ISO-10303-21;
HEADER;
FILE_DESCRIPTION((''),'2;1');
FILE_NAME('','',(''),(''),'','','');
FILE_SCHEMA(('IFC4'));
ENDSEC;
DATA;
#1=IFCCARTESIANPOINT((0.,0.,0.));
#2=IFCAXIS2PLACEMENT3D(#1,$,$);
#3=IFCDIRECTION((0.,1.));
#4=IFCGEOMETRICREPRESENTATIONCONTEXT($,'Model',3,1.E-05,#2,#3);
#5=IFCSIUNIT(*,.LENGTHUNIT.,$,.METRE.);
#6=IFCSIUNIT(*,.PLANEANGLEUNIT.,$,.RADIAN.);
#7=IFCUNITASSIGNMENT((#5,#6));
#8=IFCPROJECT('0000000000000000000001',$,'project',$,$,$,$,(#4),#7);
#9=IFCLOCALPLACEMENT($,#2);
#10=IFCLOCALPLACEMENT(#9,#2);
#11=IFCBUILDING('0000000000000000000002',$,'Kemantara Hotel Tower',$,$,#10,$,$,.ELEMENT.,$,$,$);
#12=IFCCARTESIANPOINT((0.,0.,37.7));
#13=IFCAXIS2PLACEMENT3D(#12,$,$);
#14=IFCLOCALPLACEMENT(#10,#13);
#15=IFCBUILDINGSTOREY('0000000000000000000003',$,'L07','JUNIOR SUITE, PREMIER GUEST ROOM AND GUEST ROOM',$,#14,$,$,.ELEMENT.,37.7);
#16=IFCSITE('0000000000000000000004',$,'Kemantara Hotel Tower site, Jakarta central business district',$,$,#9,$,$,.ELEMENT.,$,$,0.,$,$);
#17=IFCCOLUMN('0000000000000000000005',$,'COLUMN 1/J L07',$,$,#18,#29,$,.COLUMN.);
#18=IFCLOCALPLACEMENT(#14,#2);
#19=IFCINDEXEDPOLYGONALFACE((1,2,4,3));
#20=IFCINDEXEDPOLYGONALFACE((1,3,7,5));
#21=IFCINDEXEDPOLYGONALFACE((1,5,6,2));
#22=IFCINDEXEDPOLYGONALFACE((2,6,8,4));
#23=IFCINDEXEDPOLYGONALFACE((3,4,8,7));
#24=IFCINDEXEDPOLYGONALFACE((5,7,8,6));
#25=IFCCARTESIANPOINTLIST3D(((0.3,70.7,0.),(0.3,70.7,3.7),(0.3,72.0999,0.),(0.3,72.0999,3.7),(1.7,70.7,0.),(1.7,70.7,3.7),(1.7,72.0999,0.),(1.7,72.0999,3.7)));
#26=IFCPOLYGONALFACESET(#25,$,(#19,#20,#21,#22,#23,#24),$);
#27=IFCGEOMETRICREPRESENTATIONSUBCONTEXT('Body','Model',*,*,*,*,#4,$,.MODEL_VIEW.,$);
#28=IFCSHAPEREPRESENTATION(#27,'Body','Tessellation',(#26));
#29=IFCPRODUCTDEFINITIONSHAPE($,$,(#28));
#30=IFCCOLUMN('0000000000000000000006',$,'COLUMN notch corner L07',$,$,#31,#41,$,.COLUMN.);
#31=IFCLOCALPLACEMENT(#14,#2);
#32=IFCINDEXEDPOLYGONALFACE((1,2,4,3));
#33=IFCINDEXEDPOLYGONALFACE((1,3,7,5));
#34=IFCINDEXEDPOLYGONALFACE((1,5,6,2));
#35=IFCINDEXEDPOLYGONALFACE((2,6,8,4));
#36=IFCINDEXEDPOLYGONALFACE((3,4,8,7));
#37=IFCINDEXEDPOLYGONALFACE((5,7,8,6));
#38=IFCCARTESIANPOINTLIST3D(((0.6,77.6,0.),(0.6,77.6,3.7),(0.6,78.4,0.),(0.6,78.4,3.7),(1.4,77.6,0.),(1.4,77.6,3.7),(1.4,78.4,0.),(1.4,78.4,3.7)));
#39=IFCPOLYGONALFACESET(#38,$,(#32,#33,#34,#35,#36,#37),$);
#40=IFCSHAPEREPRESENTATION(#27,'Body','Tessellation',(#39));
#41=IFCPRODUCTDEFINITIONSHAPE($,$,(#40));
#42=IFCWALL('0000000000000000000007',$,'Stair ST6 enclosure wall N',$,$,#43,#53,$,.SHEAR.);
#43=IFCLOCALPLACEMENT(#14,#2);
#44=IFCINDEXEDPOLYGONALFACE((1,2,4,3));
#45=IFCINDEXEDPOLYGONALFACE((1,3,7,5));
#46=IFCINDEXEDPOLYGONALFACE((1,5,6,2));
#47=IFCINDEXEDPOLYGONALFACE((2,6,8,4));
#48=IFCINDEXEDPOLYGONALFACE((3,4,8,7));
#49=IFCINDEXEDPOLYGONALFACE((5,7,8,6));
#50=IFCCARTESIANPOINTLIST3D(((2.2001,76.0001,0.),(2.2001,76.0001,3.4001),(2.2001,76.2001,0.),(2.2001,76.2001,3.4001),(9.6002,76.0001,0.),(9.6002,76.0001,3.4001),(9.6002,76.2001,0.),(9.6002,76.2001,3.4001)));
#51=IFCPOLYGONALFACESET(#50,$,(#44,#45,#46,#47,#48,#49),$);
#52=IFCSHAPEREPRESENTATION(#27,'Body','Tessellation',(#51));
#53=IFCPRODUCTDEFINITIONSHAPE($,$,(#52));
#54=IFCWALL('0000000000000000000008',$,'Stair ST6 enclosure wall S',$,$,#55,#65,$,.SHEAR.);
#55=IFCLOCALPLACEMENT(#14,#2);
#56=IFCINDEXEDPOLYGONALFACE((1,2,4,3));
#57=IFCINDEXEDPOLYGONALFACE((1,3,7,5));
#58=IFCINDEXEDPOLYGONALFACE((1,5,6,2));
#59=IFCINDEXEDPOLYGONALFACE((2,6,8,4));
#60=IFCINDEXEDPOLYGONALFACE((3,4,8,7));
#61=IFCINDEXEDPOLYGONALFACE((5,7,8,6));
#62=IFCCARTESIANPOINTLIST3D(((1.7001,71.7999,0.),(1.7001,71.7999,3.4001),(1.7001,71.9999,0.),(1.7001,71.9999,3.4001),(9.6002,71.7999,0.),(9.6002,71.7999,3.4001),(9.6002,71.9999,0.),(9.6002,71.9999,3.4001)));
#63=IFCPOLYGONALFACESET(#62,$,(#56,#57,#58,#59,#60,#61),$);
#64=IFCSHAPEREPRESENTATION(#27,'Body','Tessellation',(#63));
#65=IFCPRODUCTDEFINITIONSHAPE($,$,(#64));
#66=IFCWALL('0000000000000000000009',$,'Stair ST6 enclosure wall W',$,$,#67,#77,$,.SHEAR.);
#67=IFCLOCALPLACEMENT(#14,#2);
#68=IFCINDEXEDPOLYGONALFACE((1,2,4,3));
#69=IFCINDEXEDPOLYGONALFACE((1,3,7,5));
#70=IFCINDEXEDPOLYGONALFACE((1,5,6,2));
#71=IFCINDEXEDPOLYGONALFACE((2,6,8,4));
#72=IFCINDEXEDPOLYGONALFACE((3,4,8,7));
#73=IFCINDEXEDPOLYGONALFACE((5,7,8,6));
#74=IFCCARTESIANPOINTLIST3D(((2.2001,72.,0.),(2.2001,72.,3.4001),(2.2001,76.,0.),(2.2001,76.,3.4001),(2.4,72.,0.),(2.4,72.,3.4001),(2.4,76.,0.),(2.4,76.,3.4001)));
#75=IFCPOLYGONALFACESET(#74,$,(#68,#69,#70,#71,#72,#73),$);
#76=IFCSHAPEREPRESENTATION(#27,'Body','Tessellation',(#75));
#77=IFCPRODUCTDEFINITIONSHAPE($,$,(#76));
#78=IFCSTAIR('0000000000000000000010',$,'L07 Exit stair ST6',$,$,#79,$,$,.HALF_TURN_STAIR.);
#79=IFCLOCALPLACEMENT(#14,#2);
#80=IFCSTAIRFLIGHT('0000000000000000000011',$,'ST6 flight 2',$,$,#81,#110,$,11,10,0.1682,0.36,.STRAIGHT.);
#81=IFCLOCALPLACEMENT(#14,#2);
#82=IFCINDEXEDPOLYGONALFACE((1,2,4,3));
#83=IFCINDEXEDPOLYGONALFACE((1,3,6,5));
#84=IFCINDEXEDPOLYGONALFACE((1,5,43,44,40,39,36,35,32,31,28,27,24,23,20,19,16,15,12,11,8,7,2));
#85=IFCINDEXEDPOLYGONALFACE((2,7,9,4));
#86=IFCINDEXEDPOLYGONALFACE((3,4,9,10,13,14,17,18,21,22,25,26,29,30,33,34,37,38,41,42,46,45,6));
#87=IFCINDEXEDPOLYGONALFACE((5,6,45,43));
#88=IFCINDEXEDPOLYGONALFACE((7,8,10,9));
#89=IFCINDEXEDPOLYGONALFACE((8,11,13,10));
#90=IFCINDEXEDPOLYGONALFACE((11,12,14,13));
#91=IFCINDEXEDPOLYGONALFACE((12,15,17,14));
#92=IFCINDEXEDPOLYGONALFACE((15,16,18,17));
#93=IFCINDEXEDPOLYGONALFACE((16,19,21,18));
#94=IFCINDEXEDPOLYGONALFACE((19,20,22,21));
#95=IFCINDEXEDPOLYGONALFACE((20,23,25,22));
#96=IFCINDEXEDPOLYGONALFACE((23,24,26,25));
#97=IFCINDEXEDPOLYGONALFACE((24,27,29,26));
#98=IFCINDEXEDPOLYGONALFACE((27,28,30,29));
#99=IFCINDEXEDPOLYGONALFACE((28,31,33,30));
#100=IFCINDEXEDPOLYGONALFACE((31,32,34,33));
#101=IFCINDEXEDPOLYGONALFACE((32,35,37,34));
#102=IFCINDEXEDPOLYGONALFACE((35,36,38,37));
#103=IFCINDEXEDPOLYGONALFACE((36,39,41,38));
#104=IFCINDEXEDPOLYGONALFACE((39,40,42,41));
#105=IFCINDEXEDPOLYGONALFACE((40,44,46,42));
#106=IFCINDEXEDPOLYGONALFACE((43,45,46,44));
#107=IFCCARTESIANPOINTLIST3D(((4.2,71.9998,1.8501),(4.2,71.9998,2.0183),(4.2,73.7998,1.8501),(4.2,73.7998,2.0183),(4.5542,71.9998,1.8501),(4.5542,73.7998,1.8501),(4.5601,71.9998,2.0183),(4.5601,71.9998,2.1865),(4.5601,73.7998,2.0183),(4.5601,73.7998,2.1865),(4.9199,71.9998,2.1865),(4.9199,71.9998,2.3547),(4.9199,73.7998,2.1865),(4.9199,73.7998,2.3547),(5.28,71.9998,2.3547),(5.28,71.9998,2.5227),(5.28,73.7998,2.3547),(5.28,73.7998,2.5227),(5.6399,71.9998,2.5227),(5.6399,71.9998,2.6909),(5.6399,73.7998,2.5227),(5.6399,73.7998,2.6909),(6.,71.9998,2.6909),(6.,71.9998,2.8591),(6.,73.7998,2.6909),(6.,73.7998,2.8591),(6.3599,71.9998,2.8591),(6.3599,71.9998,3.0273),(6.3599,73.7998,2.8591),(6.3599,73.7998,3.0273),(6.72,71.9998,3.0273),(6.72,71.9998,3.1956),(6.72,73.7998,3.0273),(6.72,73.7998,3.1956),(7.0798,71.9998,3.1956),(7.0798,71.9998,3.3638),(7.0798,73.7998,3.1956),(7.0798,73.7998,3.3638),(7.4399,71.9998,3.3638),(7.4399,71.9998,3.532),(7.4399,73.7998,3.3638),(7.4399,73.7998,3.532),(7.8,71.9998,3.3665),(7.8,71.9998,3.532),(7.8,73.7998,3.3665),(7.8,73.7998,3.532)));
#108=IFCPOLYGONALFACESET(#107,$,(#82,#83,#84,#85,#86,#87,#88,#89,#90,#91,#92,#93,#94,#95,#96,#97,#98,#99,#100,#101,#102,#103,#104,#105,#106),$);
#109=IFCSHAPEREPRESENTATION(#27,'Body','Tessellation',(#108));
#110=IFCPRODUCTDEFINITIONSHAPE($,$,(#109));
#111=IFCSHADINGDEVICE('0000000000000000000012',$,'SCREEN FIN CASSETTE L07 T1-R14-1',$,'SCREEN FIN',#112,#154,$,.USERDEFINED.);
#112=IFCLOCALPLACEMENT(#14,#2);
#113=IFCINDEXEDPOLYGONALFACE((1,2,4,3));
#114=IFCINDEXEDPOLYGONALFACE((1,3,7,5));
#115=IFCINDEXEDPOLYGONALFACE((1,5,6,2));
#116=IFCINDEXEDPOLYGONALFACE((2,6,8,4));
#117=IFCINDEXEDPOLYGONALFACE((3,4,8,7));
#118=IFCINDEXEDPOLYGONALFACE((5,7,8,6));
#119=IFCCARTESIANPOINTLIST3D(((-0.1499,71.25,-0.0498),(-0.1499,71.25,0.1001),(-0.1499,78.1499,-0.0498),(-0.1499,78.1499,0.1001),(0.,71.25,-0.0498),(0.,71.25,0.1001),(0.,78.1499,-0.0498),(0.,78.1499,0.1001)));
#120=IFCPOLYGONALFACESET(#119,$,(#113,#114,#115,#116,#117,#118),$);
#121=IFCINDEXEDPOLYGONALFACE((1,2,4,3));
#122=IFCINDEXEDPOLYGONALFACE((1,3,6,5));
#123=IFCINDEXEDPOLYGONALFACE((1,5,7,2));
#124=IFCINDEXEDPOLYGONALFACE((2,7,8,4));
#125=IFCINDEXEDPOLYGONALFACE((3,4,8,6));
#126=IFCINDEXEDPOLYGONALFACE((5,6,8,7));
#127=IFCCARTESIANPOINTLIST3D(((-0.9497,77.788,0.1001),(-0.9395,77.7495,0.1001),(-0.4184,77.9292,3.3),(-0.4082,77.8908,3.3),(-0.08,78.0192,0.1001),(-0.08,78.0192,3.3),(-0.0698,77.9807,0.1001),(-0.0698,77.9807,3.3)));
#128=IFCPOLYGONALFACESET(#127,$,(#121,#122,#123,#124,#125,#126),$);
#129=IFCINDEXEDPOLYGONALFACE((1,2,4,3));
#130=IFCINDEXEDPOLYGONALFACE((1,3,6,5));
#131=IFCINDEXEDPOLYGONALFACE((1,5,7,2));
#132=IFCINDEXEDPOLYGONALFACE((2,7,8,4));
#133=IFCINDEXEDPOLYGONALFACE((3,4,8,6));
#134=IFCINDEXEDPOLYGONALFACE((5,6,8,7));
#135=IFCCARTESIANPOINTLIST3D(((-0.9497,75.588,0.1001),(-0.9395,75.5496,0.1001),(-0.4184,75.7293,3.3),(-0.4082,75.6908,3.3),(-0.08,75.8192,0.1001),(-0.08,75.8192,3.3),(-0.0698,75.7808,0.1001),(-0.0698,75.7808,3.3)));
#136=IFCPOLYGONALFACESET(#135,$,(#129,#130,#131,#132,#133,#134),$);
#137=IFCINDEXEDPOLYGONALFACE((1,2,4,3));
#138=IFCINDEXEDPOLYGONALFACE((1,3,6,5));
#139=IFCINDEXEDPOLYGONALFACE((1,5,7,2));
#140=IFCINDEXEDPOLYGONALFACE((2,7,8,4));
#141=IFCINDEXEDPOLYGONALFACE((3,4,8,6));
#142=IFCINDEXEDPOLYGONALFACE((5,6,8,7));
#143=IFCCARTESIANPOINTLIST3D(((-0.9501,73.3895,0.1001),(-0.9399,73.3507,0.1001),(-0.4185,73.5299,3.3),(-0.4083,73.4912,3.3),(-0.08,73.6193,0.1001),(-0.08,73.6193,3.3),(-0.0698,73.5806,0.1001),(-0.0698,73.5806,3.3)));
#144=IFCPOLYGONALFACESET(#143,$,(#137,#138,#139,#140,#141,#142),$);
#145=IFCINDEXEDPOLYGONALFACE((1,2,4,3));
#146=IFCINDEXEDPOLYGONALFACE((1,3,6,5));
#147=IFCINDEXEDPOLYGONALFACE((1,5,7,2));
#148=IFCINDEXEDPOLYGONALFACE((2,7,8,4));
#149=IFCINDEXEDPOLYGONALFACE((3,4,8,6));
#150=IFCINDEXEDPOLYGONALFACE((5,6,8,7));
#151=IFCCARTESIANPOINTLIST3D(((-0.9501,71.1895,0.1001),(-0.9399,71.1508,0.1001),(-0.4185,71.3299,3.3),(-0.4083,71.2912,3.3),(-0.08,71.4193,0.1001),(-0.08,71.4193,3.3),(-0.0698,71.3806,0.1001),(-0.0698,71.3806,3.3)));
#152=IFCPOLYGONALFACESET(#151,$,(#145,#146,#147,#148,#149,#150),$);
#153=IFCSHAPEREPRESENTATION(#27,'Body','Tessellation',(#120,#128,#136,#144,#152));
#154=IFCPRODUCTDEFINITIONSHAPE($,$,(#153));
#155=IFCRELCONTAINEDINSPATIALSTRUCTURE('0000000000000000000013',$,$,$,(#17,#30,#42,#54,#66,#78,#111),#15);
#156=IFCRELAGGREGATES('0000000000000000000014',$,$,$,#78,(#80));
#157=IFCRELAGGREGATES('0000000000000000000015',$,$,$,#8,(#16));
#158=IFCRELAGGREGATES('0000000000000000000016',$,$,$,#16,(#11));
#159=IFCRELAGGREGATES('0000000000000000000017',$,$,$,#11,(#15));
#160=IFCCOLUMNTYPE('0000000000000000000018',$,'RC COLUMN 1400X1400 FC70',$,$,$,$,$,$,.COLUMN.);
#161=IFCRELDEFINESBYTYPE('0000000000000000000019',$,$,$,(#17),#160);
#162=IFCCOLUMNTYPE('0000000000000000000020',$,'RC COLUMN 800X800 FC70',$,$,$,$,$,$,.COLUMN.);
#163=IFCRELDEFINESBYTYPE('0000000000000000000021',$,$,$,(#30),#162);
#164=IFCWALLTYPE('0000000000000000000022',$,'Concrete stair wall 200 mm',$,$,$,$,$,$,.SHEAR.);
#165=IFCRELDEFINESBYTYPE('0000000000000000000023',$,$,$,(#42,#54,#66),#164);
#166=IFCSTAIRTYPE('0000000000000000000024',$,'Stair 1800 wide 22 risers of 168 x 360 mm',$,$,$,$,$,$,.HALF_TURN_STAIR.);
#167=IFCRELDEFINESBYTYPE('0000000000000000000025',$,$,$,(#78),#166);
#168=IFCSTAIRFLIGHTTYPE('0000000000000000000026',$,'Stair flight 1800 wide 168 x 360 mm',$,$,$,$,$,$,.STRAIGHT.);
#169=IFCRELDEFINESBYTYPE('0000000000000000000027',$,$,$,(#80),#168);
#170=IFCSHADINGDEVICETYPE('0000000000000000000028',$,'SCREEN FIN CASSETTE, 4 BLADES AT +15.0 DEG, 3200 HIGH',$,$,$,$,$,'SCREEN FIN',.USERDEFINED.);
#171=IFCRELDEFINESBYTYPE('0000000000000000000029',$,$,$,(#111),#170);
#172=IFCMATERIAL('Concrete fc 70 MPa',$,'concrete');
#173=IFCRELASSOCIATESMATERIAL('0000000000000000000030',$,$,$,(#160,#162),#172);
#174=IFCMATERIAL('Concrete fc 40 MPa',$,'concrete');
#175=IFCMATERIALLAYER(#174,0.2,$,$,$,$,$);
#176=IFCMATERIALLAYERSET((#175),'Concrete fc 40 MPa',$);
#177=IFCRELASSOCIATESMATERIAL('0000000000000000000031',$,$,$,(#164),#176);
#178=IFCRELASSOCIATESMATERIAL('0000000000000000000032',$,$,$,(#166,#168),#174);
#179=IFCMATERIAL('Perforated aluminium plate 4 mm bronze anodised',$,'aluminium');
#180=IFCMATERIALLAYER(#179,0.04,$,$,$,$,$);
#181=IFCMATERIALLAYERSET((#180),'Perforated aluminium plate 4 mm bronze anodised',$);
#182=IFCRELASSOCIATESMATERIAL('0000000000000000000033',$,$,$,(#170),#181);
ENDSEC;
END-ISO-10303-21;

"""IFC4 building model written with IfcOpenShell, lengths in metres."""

from ifc_helpers import new_model, si_unit, direction, frame, frame_2d, origin, origin_2d, place, context, subcontext, project, spatial, polyline, rectangle, outline, extrude, source, transform, mapped, material, layer, layer_set, material_profile, profile_set, type_object, element, aggregate, save


model = new_model("IFC4")

# Units and contexts
model_context = context("Model", 3, precision=1e-05, world=origin(), true_north=direction((0.0, 1.0)))
body_context = subcontext(model_context, "Body", "Model", "MODEL_VIEW")
ifc_project = project(units=[si_unit("LENGTHUNIT", "METRE"), si_unit("PLANEANGLEUNIT", "RADIAN")], contexts=[model_context])

# Site, building, storey
site_placement = place(None, origin())
site = spatial("IfcSite", under=ifc_project, at=site_placement, Name="Kemantara Hotel Tower site, Jakarta central business district", CompositionType="ELEMENT", RefElevation=0.0)
building_placement = place(site_placement, origin())
building = spatial("IfcBuilding", under=site, at=building_placement, Name="Kemantara Hotel Tower", CompositionType="ELEMENT")
storey_placement = place(building_placement, frame((0.0, 0.0, 37.7)))
storey = spatial("IfcBuildingStorey", under=building, at=storey_placement, Name="L07", Description="JUNIOR SUITE, PREMIER GUEST ROOM AND GUEST ROOM", CompositionType="ELEMENT", Elevation=37.7)

# Columns
ifc_material_1 = material(Name="Concrete fc 70 MPa", Category="concrete")
ifc_material_profile_1 = material_profile(ifc_material_1, rectangle(XDim=1.3999, YDim=1.3999, at=origin_2d()), Name="RC 1400X1400")
ifc_profile_set_1 = profile_set([ifc_material_profile_1], Name="Concrete fc 70 MPa")
column_type_1 = type_object("IfcColumnType", Name="RC COLUMN 1400X1400 FC70", PredefinedType="COLUMN", material=ifc_profile_set_1)
column_1_placement = place(storey_placement, frame((1.0, 71.3999, 0.0), z_axis=(0.0, 0.0, 1.0), x_axis=(1.0, 0.0, 0.0)))
element("IfcColumn", 1, at=column_1_placement, inside=storey, type_object=column_type_1, Name="COLUMN 1/J L07", PredefinedType="COLUMN", context=body_context, shape_type="SweptSolid", body=[
    extrude(rectangle(XDim=1.3999, YDim=1.3999, at=origin_2d()), origin(), (0.0, 0.0, 1.0), 3.7),
])
ifc_material_profile_2 = material_profile(ifc_material_1, rectangle(XDim=0.8, YDim=0.8, at=origin_2d()), Name="RC 800X800")
ifc_profile_set_2 = profile_set([ifc_material_profile_2], Name="Concrete fc 70 MPa")
column_type_2 = type_object("IfcColumnType", Name="RC COLUMN 800X800 FC70", PredefinedType="COLUMN", material=ifc_profile_set_2)
column_2_placement = place(storey_placement, frame((1.0, 78.0, 0.0), z_axis=(0.0, 0.0, 1.0), x_axis=(1.0, 0.0, 0.0)))
element("IfcColumn", 2, at=column_2_placement, inside=storey, type_object=column_type_2, Name="COLUMN notch corner L07", PredefinedType="COLUMN", context=body_context, shape_type="SweptSolid", body=[
    extrude(rectangle(XDim=0.8, YDim=0.8, at=origin_2d()), origin(), (0.0, 0.0, 1.0), 3.7),
])

# Walls
ifc_material_2 = material(Name="Concrete fc 40 MPa", Category="concrete")
ifc_layer_1 = layer(ifc_material_2, 0.2)
ifc_layer_set_1 = layer_set([ifc_layer_1], Name="Concrete fc 40 MPa")
wall_type = type_object("IfcWallType", Name="Concrete stair wall 200 mm", PredefinedType="SHEAR", material=ifc_layer_set_1)
wall_1_placement = place(storey_placement, frame((2.2, 76.1001, 0.0), z_axis=(0.0, 0.0, 1.0), x_axis=(1.0, 0.0, 0.0)))
element("IfcWall", 3, at=wall_1_placement, inside=storey, type_object=wall_type, Name="Stair ST6 enclosure wall N", PredefinedType="SHEAR", context=body_context, shape_type="SweptSolid", body=[
    extrude(rectangle(XDim=7.4001, YDim=0.2, at=frame_2d((3.7002, 0.0))), origin(), (0.0, 0.0, 1.0), 3.4001),
])
wall_2_placement = place(storey_placement, frame((1.7, 71.8999, 0.0), z_axis=(0.0, 0.0, 1.0), x_axis=(1.0, 0.0, 0.0)))
element("IfcWall", 4, at=wall_2_placement, inside=storey, type_object=wall_type, Name="Stair ST6 enclosure wall S", PredefinedType="SHEAR", context=body_context, shape_type="SweptSolid", body=[
    extrude(rectangle(XDim=7.9001, YDim=0.2, at=frame_2d((3.9502, 0.0))), origin(), (0.0, 0.0, 1.0), 3.4001),
])
wall_3_placement = place(storey_placement, frame((2.3, 72.0, 0.0), z_axis=(0.0, 0.0, 1.0), x_axis=(0.0, 1.0, 0.0)))
element("IfcWall", 5, at=wall_3_placement, inside=storey, type_object=wall_type, Name="Stair ST6 enclosure wall W", PredefinedType="SHEAR", context=body_context, shape_type="SweptSolid", body=[
    extrude(rectangle(XDim=4.0, YDim=0.2, at=frame_2d((2.0, 0.0))), origin(), (0.0, 0.0, 1.0), 3.4001),
])

# Stair, stair flight
stair_type = type_object("IfcStairType", Name="Stair 1800 wide 22 risers of 168 x 360 mm", PredefinedType="HALF_TURN_STAIR", material=ifc_material_2)
stair_placement = place(storey_placement, origin())
stair = element("IfcStair", 6, at=stair_placement, inside=storey, type_object=stair_type, Name="L07 Exit stair ST6", PredefinedType="HALF_TURN_STAIR")
stair_flight_type = type_object("IfcStairFlightType", Name="Stair flight 1800 wide 168 x 360 mm", PredefinedType="STRAIGHT", material=ifc_material_2)
stair_flight_placement = place(storey_placement, frame((4.2, 72.8999, 1.8501), z_axis=(0.0, 0.0, 1.0), x_axis=(1.0, 0.0, 0.0)))
stair_flight = element("IfcStairFlight", 7, at=stair_flight_placement, type_object=stair_flight_type, Name="ST6 flight 2", NumberOfRisers=11, NumberOfTreads=10, PredefinedType="STRAIGHT", RiserHeight=0.1682, TreadLength=0.36, context=body_context, shape_type="SweptSolid", body=[
    extrude(outline(polyline([(0.0, 0.0), (0.0, 0.1682), (0.3601, 0.1682), (0.3601, 0.3364), (0.72, 0.3364), (0.72, 0.5046), (1.0801, 0.5046), (1.0801, 0.6726), (1.4399, 0.6726), (1.4399, 0.8408), (1.8, 0.8408), (1.8, 1.009), (2.1599, 1.009), (2.1599, 1.1772), (2.52, 1.1772), (2.52, 1.3455), (2.8799, 1.3455), (2.8799, 1.5137), (3.24, 1.5137), (3.24, 1.6819), (3.6001, 1.6819), (3.6001, 1.8501), (3.6001, 1.5164), (0.3542, 0.0), (0.0, 0.0)])), frame((0.0, 0.8999, 0.0), z_axis=(0.0, -1.0, 0.0), x_axis=(1.0, 0.0, 0.0)), (0.0, 0.0, 1.0), 1.8),
])
aggregate(stair, [stair_flight])

# Shading device
ifc_material_3 = material(Name="Perforated aluminium plate 4 mm bronze anodised", Category="aluminium")
ifc_layer_2 = layer(ifc_material_3, 0.04)
ifc_layer_set_2 = layer_set([ifc_layer_2], Name="Perforated aluminium plate 4 mm bronze anodised")
shading_device_type = type_object("IfcShadingDeviceType", Name="SCREEN FIN CASSETTE, 4 BLADES AT +15.0 DEG, 3200 HIGH", ElementType="SCREEN FIN", PredefinedType="USERDEFINED", material=ifc_layer_set_2)
shared_shape = source(origin(), body_context, "Body", "SweptSolid", [
    extrude(rectangle(XDim=6.8999, YDim=0.1499, at=origin_2d()), frame((3.3, -0.075, -0.1499), z_axis=(0.0, 0.0, 1.0), x_axis=(1.0, 0.0, 0.0)), (0.0, 0.0, 1.0), 0.1499),
    extrude(outline(polyline([(0.0, 0.0), (0.8999, 0.0), (0.3501, 3.2), (0.0, 3.2), (0.0, 0.0)])), frame((0.0193, -0.0698, 0.0), z_axis=(-0.966438, -0.256901, 0.0), x_axis=(0.256901, -0.966438, 0.0)), (0.0, 0.0, 1.0), 0.0398),
    extrude(outline(polyline([(0.0, 0.0), (0.8999, 0.0), (0.3501, 3.2), (0.0, 3.2), (0.0, 0.0)])), frame((2.2192, -0.0698, 0.0), z_axis=(-0.966438, -0.256901, 0.0), x_axis=(0.256901, -0.966438, 0.0)), (0.0, 0.0, 1.0), 0.0398),
    extrude(outline(polyline([(0.0, 0.0), (0.8999, 0.0), (0.3501, 3.2), (0.0, 3.2), (0.0, 0.0)])), frame((4.4194, -0.0698, 0.0), z_axis=(-0.966838, -0.255391, 0.0), x_axis=(0.255391, -0.966838, 0.0)), (0.0, 0.0, 1.0), 0.04),
    extrude(outline(polyline([(0.0, 0.0), (0.8999, 0.0), (0.3501, 3.2), (0.0, 3.2), (0.0, 0.0)])), frame((6.6194, -0.0698, 0.0), z_axis=(-0.966838, -0.255391, 0.0), x_axis=(0.255391, -0.966838, 0.0)), (0.0, 0.0, 1.0), 0.04),
])
shading_device_placement = place(storey_placement, frame((0.0, 78.0, 0.1001), z_axis=(0.0, 0.0, 1.0), x_axis=(0.0, -1.0, 0.0)))
element("IfcShadingDevice", 8, at=shading_device_placement, inside=storey, type_object=shading_device_type, Name="SCREEN FIN CASSETTE L07 T1-R14-1", ObjectType="SCREEN FIN", PredefinedType="USERDEFINED", context=body_context, shape_type="MappedRepresentation", body=[
    mapped(shared_shape, transform((0.0, 0.0, 0.0))),
])

save(model, "model.ifc")
